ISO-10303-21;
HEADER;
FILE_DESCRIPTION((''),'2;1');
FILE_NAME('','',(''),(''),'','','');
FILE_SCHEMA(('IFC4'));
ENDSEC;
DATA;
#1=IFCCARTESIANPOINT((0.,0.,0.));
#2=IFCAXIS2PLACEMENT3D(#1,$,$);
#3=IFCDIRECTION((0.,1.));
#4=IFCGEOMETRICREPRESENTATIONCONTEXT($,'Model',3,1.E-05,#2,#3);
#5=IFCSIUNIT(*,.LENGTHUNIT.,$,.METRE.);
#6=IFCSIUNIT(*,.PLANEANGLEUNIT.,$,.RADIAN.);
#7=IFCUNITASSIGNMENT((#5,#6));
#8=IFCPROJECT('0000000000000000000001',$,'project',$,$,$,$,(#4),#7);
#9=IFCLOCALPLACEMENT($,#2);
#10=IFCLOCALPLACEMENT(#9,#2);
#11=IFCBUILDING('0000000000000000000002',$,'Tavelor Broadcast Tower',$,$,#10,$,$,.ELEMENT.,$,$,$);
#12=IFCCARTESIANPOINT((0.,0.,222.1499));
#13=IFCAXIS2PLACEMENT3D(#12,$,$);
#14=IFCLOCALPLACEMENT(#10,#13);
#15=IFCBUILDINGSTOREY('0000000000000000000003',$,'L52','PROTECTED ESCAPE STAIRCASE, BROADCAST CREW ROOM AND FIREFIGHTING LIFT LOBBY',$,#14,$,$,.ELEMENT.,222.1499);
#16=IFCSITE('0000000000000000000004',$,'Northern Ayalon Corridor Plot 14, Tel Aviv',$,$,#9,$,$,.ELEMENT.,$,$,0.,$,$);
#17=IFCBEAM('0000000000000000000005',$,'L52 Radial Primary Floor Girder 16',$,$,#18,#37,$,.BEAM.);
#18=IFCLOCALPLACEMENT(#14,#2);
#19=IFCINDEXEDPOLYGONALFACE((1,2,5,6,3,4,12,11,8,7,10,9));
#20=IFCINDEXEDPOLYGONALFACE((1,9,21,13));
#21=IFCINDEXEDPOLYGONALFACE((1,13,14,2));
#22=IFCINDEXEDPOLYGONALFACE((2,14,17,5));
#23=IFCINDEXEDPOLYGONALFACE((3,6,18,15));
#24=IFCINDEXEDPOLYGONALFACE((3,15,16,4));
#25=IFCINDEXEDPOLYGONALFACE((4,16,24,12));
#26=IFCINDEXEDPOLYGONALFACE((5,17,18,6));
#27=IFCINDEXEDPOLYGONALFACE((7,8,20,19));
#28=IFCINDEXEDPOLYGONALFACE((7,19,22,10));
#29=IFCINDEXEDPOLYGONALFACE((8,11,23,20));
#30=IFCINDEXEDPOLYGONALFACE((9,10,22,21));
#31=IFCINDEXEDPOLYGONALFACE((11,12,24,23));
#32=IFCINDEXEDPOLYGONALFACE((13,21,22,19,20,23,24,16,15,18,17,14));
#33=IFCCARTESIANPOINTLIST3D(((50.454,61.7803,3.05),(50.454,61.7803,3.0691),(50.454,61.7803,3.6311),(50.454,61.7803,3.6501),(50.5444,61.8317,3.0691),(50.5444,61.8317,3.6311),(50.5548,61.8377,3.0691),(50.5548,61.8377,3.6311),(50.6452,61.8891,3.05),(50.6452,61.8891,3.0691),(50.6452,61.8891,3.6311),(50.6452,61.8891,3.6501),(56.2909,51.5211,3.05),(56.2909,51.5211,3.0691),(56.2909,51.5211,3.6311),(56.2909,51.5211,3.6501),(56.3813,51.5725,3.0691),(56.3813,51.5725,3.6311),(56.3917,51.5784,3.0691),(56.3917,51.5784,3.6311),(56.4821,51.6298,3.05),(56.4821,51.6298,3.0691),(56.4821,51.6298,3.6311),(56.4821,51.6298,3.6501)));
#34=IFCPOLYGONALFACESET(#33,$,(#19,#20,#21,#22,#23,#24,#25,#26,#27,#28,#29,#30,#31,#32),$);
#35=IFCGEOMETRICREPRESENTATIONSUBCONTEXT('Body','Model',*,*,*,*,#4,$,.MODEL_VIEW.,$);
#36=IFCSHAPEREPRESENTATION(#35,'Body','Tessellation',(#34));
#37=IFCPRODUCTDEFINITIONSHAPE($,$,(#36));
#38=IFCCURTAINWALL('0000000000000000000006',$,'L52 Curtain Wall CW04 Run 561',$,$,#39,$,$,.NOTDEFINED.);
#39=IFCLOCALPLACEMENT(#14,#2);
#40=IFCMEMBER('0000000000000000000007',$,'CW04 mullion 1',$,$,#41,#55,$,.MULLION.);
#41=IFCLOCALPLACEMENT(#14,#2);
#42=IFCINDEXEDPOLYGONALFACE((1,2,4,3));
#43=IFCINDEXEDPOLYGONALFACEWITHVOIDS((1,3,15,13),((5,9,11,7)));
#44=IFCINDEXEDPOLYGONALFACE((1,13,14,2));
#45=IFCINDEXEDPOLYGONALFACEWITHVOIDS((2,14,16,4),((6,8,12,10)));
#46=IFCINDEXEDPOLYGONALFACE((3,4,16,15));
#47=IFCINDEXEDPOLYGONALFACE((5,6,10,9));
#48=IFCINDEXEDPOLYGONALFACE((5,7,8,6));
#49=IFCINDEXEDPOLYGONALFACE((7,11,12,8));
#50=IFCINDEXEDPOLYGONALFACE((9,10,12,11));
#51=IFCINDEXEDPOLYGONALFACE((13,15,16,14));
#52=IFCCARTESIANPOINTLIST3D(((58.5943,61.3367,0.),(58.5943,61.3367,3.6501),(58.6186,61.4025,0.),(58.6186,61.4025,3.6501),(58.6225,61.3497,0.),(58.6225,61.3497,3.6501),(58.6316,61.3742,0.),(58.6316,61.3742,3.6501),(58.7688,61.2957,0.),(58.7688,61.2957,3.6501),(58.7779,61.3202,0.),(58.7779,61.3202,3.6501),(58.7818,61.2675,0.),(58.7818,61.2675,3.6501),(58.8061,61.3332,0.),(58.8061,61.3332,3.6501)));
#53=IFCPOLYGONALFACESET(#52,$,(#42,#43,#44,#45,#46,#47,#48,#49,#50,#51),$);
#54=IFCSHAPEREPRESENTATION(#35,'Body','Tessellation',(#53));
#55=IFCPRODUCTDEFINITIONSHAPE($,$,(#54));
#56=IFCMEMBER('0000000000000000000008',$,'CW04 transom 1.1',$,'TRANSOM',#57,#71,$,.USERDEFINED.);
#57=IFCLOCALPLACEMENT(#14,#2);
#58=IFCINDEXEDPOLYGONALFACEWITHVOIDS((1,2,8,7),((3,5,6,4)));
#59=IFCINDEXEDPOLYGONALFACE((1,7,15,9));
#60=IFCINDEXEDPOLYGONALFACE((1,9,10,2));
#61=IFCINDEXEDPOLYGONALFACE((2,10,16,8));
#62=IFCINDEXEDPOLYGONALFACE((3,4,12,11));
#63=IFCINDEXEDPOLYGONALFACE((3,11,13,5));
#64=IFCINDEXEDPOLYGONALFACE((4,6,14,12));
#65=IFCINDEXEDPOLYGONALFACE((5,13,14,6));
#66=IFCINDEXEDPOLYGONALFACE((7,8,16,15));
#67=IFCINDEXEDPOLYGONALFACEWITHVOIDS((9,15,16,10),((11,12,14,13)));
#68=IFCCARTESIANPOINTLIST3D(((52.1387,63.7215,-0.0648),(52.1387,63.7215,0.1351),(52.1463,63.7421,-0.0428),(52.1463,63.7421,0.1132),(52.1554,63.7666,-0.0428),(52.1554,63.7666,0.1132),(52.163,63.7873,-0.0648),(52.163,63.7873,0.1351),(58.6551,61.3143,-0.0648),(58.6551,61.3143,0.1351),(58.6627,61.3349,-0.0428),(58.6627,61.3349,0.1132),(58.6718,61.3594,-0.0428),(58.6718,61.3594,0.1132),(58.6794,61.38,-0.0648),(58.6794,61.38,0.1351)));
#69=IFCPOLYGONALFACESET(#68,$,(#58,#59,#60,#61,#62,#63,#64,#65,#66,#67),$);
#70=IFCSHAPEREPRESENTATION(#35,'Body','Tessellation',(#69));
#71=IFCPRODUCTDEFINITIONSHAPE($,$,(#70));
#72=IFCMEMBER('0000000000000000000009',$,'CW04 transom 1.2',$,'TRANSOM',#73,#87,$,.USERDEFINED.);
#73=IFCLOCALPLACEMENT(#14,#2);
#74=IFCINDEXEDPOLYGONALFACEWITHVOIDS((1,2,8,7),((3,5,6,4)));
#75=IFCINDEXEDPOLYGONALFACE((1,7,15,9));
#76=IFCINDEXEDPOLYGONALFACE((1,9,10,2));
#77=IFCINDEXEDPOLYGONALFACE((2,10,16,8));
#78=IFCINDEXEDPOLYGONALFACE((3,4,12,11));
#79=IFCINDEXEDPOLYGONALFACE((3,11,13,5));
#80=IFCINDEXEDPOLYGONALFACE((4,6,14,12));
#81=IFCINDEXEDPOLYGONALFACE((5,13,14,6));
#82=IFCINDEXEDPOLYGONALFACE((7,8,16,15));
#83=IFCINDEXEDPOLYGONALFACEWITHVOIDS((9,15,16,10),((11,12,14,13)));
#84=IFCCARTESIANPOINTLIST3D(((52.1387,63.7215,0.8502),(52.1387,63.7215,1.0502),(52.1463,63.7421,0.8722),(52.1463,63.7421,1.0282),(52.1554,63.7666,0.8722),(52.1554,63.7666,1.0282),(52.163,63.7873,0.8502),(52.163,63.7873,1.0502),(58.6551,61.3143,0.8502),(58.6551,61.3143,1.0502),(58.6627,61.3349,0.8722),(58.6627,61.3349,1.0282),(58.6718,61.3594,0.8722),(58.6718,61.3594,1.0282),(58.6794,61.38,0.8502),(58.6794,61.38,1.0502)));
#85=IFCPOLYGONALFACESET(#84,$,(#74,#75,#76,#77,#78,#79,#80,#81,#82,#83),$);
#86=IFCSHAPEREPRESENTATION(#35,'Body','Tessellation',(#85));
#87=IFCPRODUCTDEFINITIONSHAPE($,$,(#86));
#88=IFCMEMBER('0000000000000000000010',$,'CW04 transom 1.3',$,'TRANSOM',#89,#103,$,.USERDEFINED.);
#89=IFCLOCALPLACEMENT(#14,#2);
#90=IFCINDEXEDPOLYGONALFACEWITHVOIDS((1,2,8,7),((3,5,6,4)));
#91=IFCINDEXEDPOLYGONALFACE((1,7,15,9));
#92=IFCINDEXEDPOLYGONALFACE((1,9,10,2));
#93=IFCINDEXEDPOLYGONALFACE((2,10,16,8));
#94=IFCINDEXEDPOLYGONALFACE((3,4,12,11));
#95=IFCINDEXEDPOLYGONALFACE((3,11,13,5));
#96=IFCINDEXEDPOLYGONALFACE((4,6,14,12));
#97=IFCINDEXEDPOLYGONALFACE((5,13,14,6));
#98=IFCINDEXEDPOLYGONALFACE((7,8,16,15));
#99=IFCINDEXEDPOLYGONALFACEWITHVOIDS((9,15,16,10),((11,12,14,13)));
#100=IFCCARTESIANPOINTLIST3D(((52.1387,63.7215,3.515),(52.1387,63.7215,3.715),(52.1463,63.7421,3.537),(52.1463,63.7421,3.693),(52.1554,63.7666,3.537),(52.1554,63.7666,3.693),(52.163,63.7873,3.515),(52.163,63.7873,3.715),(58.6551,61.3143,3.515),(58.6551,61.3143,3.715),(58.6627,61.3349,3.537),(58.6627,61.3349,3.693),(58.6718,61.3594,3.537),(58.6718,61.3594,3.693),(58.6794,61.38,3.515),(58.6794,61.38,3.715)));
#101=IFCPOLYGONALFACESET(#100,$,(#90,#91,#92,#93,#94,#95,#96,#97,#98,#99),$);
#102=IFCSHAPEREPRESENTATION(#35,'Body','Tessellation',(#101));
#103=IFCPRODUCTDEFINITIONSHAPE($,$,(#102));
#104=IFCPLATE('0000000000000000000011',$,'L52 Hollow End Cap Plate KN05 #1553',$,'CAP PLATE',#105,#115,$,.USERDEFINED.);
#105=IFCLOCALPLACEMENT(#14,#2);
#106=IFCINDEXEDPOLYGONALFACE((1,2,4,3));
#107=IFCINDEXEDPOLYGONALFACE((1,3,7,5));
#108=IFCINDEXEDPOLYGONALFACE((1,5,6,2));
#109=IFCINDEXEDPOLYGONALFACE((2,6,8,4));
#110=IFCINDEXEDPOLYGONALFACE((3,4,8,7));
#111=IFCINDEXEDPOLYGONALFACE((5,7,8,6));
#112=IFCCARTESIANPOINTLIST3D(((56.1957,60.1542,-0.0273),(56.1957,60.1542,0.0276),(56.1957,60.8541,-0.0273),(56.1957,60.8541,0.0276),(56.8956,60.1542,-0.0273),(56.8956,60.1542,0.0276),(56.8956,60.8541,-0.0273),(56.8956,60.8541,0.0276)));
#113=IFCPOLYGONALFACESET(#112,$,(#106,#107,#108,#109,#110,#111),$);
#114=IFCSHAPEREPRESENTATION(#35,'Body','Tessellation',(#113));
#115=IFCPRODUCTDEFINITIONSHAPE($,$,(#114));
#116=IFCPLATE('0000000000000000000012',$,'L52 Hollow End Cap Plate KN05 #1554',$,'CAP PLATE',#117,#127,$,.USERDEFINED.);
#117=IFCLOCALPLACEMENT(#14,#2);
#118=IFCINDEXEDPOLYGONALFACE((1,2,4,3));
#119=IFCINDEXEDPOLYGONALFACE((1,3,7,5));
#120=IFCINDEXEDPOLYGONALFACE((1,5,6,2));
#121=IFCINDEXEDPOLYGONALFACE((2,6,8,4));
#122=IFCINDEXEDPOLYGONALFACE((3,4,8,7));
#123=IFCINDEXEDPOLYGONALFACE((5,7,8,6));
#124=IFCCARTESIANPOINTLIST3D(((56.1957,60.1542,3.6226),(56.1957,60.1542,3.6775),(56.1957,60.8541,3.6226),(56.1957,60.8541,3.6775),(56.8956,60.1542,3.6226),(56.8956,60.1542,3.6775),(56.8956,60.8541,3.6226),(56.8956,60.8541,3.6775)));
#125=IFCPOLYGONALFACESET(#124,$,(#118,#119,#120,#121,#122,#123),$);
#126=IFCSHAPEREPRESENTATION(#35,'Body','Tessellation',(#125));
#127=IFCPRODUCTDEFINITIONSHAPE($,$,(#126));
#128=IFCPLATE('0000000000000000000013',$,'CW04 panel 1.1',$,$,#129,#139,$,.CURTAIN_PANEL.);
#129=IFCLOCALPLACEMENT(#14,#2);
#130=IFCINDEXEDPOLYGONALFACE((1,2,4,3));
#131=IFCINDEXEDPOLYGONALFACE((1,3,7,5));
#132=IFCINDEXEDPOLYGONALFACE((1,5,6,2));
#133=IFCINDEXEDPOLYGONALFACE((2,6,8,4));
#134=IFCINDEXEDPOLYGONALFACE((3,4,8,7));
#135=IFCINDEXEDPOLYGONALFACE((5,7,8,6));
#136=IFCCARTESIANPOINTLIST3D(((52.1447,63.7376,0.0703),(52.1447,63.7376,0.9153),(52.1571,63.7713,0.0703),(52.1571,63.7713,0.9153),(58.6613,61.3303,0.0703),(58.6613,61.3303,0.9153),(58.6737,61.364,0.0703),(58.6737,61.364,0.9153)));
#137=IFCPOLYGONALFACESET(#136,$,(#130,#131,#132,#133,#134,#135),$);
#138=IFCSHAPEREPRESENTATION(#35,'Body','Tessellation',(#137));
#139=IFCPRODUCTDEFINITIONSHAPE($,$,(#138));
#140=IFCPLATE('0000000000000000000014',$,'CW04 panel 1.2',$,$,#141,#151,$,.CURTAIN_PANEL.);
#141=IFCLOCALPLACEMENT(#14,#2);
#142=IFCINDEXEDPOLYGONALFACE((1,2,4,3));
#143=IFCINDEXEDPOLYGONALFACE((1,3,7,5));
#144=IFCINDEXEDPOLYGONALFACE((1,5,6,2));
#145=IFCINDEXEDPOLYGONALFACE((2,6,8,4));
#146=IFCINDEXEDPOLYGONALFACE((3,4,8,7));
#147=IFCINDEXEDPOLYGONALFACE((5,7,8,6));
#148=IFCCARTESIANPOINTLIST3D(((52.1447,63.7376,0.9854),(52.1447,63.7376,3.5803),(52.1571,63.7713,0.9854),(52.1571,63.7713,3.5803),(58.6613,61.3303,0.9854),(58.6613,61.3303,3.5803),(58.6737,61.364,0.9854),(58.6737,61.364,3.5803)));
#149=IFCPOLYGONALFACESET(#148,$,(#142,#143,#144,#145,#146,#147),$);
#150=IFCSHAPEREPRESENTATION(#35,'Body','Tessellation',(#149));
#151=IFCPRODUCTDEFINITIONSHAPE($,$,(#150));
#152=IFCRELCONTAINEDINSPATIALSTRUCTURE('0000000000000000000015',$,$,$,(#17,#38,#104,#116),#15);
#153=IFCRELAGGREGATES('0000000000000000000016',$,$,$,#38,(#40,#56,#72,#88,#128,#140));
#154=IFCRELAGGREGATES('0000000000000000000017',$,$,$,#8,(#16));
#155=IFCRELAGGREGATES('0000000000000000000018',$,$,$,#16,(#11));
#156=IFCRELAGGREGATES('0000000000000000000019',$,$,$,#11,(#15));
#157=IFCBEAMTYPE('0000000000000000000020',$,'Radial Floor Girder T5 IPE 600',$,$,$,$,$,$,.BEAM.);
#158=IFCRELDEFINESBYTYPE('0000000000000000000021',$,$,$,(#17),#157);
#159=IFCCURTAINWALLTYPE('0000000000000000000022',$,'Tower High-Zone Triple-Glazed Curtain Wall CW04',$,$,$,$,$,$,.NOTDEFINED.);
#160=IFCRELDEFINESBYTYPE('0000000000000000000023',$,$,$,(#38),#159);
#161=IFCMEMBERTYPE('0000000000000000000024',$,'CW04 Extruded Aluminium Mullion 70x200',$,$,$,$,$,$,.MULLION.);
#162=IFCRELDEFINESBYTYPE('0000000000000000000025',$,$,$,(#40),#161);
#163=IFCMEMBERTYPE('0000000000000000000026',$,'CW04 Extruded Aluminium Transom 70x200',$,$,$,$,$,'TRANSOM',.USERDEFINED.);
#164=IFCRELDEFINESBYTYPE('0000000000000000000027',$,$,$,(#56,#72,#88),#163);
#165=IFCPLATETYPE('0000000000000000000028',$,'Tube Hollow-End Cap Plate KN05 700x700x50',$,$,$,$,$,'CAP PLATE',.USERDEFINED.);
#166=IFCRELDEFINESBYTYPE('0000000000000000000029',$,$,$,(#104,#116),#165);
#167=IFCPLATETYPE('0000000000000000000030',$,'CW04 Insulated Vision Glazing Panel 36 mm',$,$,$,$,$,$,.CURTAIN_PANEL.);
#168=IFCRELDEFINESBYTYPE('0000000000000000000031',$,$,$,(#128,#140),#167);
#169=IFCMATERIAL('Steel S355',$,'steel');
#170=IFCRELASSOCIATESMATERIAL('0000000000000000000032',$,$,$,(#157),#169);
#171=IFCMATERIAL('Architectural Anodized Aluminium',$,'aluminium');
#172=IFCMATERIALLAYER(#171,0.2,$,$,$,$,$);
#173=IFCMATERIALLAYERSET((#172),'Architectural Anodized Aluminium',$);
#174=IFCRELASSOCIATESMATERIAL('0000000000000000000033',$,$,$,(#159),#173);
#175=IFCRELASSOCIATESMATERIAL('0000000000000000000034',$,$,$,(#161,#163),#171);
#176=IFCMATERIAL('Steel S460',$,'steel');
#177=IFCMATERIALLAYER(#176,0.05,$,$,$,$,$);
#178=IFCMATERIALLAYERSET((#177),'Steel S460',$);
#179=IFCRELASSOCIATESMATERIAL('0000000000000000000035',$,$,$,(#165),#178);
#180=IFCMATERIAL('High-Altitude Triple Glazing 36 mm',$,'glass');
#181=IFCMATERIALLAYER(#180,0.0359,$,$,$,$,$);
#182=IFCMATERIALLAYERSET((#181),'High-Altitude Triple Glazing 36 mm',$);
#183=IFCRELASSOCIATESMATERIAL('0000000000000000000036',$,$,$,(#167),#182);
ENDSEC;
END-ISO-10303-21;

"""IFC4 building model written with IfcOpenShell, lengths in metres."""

from ifc_helpers import new_model, si_unit, direction, frame, origin, origin_2d, place, context, subcontext, project, spatial, rectangle, hollow_rectangle, i_section, extrude, source, transform, mapped, material, layer, layer_set, material_profile, profile_set, type_object, type_shapes, element, aggregate, save


model = new_model("IFC4")

# Units and contexts
model_context = context("Model", 3, precision=1e-05, world=origin(), true_north=direction((0.0, 1.0)))
body_context = subcontext(model_context, "Body", "Model", "MODEL_VIEW")
ifc_project = project(units=[si_unit("LENGTHUNIT", "METRE"), si_unit("PLANEANGLEUNIT", "RADIAN")], contexts=[model_context])

# Site, building, storey
site_placement = place(None, origin())
site = spatial("IfcSite", under=ifc_project, at=site_placement, Name="Northern Ayalon Corridor Plot 14, Tel Aviv", CompositionType="ELEMENT", RefElevation=0.0)
building_placement = place(site_placement, origin())
building = spatial("IfcBuilding", under=site, at=building_placement, Name="Tavelor Broadcast Tower", CompositionType="ELEMENT")
storey_placement = place(building_placement, frame((0.0, 0.0, 222.1499)))
storey = spatial("IfcBuildingStorey", under=building, at=storey_placement, Name="L52", Description="PROTECTED ESCAPE STAIRCASE, BROADCAST CREW ROOM AND FIREFIGHTING LIFT LOBBY", CompositionType="ELEMENT", Elevation=222.1499)

# Shared definitions
ifc_material_1 = material(Name="Steel S460", Category="steel")

# Beam
ifc_material_2 = material(Name="Steel S355", Category="steel")
ifc_material_profile_1 = material_profile(ifc_material_2, i_section(OverallWidth=0.22, OverallDepth=0.6001, WebThickness=0.012, FlangeThickness=0.019, at=origin_2d()), Name="IPE 600")
ifc_profile_set_1 = profile_set([ifc_material_profile_1], Name="Steel S355")
beam_type_1 = type_object("IfcBeamType", Name="Radial Floor Girder T5 IPE 600", PredefinedType="BEAM", material=ifc_profile_set_1)
beam_1_placement = place(storey_placement, frame((56.3865, 51.5754, 3.3501), z_axis=(-0.494508, 0.869173, 0.0), x_axis=(-0.869173, -0.494508, 0.0)))
element("IfcBeam", 1, at=beam_1_placement, inside=storey, type_object=beam_type_1, Name="L52 Radial Primary Floor Girder 16", PredefinedType="BEAM", context=body_context, shape_type="SweptSolid", body=[
    extrude(i_section(OverallWidth=0.22, OverallDepth=0.6001, WebThickness=0.012, FlangeThickness=0.019, at=origin_2d()), origin(), (0.0, 0.0, 1.0), 11.8035),
])

# Curtain wall, members
ifc_material_3 = material(Name="Architectural Anodized Aluminium", Category="aluminium")
ifc_layer_1 = layer(ifc_material_3, 0.2)
ifc_layer_set_1 = layer_set([ifc_layer_1], Name="Architectural Anodized Aluminium")
curtain_wall_type = type_object("IfcCurtainWallType", Name="Tower High-Zone Triple-Glazed Curtain Wall CW04", PredefinedType="NOTDEFINED", material=ifc_layer_set_1)
curtain_wall_placement = place(storey_placement, origin())
curtain_wall = element("IfcCurtainWall", 2, at=curtain_wall_placement, inside=storey, type_object=curtain_wall_type, Name="L52 Curtain Wall CW04 Run 561", PredefinedType="NOTDEFINED")
ifc_material_profile_2 = material_profile(ifc_material_3, hollow_rectangle(XDim=0.0701, YDim=0.2, WallThickness=0.022, at=origin_2d()), Name="RHS 70x200x22")
ifc_profile_set_2 = profile_set([ifc_material_profile_2], Name="Architectural Anodized Aluminium")
member_type_1 = type_object("IfcMemberType", Name="CW04 Extruded Aluminium Mullion 70x200", PredefinedType="MULLION", material=ifc_profile_set_2)
shared_shape_1 = source(origin(), body_context, "Body", "SweptSolid", [
    extrude(hollow_rectangle(XDim=0.0701, YDim=0.2, WallThickness=0.022, at=origin_2d()), origin(), (0.0, 0.0, 1.0), 3.6501),
])
type_shapes(member_type_1, [shared_shape_1])
member_1_placement = place(storey_placement, frame((58.7002, 61.335, 0.0), z_axis=(0.0, 0.0, 1.0), x_axis=(-0.346527, -0.93804, 0.0)))
member_1 = element("IfcMember", 3, at=member_1_placement, type_object=member_type_1, Name="CW04 mullion 1", PredefinedType="MULLION", context=body_context, shape_type="MappedRepresentation", body=[
    mapped(shared_shape_1, transform((0.0, 0.0, 0.0), scale=1.0)),
])
ifc_material_profile_3 = material_profile(ifc_material_3, hollow_rectangle(XDim=0.0701, YDim=0.2, WallThickness=0.022, at=origin_2d()), Name="RHS 70x200x22")
ifc_profile_set_3 = profile_set([ifc_material_profile_3], Name="Architectural Anodized Aluminium")
member_type_2 = type_object("IfcMemberType", Name="CW04 Extruded Aluminium Transom 70x200", ElementType="TRANSOM", PredefinedType="USERDEFINED", material=ifc_profile_set_3)
shared_shape_2 = source(origin(), body_context, "Body", "SweptSolid", [
    extrude(hollow_rectangle(XDim=0.0701, YDim=0.2, WallThickness=0.022, at=origin_2d()), origin(), (0.0, 0.0, 1.0), 6.9468),
])
type_shapes(member_type_2, [shared_shape_2])
member_2_placement = place(storey_placement, frame((58.6672, 61.3472, 0.0352), z_axis=(-0.938041, 0.346524, 0.0), x_axis=(-0.346524, -0.938041, 0.0)))
member_2 = element("IfcMember", 4, at=member_2_placement, type_object=member_type_2, Name="CW04 transom 1.1", ObjectType="TRANSOM", PredefinedType="USERDEFINED", context=body_context, shape_type="MappedRepresentation", body=[
    mapped(shared_shape_2, transform((0.0, 0.0, 0.0), scale=1.0)),
])
member_3_placement = place(storey_placement, frame((58.6672, 61.3472, 0.9502), z_axis=(-0.938041, 0.346524, 0.0), x_axis=(-0.346524, -0.938041, 0.0)))
member_3 = element("IfcMember", 5, at=member_3_placement, type_object=member_type_2, Name="CW04 transom 1.2", ObjectType="TRANSOM", PredefinedType="USERDEFINED", context=body_context, shape_type="MappedRepresentation", body=[
    mapped(shared_shape_2, transform((0.0, 0.0, 0.0), scale=1.0)),
])
member_4_placement = place(storey_placement, frame((58.6672, 61.3472, 3.615), z_axis=(-0.938041, 0.346524, 0.0), x_axis=(-0.346524, -0.938041, 0.0)))
member_4 = element("IfcMember", 6, at=member_4_placement, type_object=member_type_2, Name="CW04 transom 1.3", ObjectType="TRANSOM", PredefinedType="USERDEFINED", context=body_context, shape_type="MappedRepresentation", body=[
    mapped(shared_shape_2, transform((0.0, 0.0, 0.0), scale=1.0)),
])

# Plates
ifc_layer_2 = layer(ifc_material_1, 0.05)
ifc_layer_set_2 = layer_set([ifc_layer_2], Name="Steel S460")
plate_type_1 = type_object("IfcPlateType", Name="Tube Hollow-End Cap Plate KN05 700x700x50", ElementType="CAP PLATE", PredefinedType="USERDEFINED", material=ifc_layer_set_2)
shared_shape_3 = source(origin(), body_context, "Body", "SweptSolid", [
    extrude(rectangle(XDim=0.7, YDim=0.7, at=origin_2d()), origin(), (0.0, 0.0, 1.0), 0.0549),
])
type_shapes(plate_type_1, [shared_shape_3])
for number, where, z_axis, x_axis, name in (
    (7, (56.5457, 60.5042, -0.0273), (0.0, 0.0, 1.0), (1.0, 0.0, 0.0), "L52 Hollow End Cap Plate KN05 #1553"),
    (8, (56.5457, 60.5042, 3.6226), (0.0, 0.0, 1.0), (1.0, 0.0, 0.0), "L52 Hollow End Cap Plate KN05 #1554"),
):
    element("IfcPlate", number, at=place(storey_placement, frame(where, z_axis=z_axis, x_axis=x_axis)), inside=storey, type_object=plate_type_1, Name=name, ObjectType="CAP PLATE", PredefinedType="USERDEFINED", context=body_context, shape_type="MappedRepresentation", body=[
        mapped(shared_shape_3, transform((0.0, 0.0, 0.0), scale=1.0)),
    ])

# Plates
ifc_material_4 = material(Name="High-Altitude Triple Glazing 36 mm", Category="glass")
ifc_layer_3 = layer(ifc_material_4, 0.0359)
ifc_layer_set_3 = layer_set([ifc_layer_3], Name="High-Altitude Triple Glazing 36 mm")
plate_type_2 = type_object("IfcPlateType", Name="CW04 Insulated Vision Glazing Panel 36 mm", PredefinedType="CURTAIN_PANEL", material=ifc_layer_set_3)
shared_shape_4 = source(origin(), body_context, "Body", "SweptSolid", [
    extrude(rectangle(XDim=6.947, YDim=0.0359, at=origin_2d()), origin(), (0.0, 0.0, 1.0), 0.845),
])
plate_1_placement = place(storey_placement, frame((55.4092, 62.5508, 0.0703), z_axis=(0.0, 0.0, 1.0), x_axis=(-0.93804, 0.346527, 0.0)))
plate_1 = element("IfcPlate", 9, at=plate_1_placement, type_object=plate_type_2, Name="CW04 panel 1.1", PredefinedType="CURTAIN_PANEL", context=body_context, shape_type="MappedRepresentation", body=[
    mapped(shared_shape_4, transform((0.0, 0.0, 0.0), scale=1.0)),
])
shared_shape_5 = source(origin(), body_context, "Body", "SweptSolid", [
    extrude(rectangle(XDim=6.947, YDim=0.0359, at=origin_2d()), origin(), (0.0, 0.0, 1.0), 2.595),
])
type_shapes(plate_type_2, [shared_shape_4, shared_shape_5])
plate_2_placement = place(storey_placement, frame((55.4092, 62.5508, 0.9854), z_axis=(0.0, 0.0, 1.0), x_axis=(-0.93804, 0.346527, 0.0)))
plate_2 = element("IfcPlate", 10, at=plate_2_placement, type_object=plate_type_2, Name="CW04 panel 1.2", PredefinedType="CURTAIN_PANEL", context=body_context, shape_type="MappedRepresentation", body=[
    mapped(shared_shape_5, transform((0.0, 0.0, 0.0), scale=1.0)),
])
aggregate(curtain_wall, [member_1, member_2, member_3, member_4, plate_1, plate_2])

save(model, "model.ifc")
